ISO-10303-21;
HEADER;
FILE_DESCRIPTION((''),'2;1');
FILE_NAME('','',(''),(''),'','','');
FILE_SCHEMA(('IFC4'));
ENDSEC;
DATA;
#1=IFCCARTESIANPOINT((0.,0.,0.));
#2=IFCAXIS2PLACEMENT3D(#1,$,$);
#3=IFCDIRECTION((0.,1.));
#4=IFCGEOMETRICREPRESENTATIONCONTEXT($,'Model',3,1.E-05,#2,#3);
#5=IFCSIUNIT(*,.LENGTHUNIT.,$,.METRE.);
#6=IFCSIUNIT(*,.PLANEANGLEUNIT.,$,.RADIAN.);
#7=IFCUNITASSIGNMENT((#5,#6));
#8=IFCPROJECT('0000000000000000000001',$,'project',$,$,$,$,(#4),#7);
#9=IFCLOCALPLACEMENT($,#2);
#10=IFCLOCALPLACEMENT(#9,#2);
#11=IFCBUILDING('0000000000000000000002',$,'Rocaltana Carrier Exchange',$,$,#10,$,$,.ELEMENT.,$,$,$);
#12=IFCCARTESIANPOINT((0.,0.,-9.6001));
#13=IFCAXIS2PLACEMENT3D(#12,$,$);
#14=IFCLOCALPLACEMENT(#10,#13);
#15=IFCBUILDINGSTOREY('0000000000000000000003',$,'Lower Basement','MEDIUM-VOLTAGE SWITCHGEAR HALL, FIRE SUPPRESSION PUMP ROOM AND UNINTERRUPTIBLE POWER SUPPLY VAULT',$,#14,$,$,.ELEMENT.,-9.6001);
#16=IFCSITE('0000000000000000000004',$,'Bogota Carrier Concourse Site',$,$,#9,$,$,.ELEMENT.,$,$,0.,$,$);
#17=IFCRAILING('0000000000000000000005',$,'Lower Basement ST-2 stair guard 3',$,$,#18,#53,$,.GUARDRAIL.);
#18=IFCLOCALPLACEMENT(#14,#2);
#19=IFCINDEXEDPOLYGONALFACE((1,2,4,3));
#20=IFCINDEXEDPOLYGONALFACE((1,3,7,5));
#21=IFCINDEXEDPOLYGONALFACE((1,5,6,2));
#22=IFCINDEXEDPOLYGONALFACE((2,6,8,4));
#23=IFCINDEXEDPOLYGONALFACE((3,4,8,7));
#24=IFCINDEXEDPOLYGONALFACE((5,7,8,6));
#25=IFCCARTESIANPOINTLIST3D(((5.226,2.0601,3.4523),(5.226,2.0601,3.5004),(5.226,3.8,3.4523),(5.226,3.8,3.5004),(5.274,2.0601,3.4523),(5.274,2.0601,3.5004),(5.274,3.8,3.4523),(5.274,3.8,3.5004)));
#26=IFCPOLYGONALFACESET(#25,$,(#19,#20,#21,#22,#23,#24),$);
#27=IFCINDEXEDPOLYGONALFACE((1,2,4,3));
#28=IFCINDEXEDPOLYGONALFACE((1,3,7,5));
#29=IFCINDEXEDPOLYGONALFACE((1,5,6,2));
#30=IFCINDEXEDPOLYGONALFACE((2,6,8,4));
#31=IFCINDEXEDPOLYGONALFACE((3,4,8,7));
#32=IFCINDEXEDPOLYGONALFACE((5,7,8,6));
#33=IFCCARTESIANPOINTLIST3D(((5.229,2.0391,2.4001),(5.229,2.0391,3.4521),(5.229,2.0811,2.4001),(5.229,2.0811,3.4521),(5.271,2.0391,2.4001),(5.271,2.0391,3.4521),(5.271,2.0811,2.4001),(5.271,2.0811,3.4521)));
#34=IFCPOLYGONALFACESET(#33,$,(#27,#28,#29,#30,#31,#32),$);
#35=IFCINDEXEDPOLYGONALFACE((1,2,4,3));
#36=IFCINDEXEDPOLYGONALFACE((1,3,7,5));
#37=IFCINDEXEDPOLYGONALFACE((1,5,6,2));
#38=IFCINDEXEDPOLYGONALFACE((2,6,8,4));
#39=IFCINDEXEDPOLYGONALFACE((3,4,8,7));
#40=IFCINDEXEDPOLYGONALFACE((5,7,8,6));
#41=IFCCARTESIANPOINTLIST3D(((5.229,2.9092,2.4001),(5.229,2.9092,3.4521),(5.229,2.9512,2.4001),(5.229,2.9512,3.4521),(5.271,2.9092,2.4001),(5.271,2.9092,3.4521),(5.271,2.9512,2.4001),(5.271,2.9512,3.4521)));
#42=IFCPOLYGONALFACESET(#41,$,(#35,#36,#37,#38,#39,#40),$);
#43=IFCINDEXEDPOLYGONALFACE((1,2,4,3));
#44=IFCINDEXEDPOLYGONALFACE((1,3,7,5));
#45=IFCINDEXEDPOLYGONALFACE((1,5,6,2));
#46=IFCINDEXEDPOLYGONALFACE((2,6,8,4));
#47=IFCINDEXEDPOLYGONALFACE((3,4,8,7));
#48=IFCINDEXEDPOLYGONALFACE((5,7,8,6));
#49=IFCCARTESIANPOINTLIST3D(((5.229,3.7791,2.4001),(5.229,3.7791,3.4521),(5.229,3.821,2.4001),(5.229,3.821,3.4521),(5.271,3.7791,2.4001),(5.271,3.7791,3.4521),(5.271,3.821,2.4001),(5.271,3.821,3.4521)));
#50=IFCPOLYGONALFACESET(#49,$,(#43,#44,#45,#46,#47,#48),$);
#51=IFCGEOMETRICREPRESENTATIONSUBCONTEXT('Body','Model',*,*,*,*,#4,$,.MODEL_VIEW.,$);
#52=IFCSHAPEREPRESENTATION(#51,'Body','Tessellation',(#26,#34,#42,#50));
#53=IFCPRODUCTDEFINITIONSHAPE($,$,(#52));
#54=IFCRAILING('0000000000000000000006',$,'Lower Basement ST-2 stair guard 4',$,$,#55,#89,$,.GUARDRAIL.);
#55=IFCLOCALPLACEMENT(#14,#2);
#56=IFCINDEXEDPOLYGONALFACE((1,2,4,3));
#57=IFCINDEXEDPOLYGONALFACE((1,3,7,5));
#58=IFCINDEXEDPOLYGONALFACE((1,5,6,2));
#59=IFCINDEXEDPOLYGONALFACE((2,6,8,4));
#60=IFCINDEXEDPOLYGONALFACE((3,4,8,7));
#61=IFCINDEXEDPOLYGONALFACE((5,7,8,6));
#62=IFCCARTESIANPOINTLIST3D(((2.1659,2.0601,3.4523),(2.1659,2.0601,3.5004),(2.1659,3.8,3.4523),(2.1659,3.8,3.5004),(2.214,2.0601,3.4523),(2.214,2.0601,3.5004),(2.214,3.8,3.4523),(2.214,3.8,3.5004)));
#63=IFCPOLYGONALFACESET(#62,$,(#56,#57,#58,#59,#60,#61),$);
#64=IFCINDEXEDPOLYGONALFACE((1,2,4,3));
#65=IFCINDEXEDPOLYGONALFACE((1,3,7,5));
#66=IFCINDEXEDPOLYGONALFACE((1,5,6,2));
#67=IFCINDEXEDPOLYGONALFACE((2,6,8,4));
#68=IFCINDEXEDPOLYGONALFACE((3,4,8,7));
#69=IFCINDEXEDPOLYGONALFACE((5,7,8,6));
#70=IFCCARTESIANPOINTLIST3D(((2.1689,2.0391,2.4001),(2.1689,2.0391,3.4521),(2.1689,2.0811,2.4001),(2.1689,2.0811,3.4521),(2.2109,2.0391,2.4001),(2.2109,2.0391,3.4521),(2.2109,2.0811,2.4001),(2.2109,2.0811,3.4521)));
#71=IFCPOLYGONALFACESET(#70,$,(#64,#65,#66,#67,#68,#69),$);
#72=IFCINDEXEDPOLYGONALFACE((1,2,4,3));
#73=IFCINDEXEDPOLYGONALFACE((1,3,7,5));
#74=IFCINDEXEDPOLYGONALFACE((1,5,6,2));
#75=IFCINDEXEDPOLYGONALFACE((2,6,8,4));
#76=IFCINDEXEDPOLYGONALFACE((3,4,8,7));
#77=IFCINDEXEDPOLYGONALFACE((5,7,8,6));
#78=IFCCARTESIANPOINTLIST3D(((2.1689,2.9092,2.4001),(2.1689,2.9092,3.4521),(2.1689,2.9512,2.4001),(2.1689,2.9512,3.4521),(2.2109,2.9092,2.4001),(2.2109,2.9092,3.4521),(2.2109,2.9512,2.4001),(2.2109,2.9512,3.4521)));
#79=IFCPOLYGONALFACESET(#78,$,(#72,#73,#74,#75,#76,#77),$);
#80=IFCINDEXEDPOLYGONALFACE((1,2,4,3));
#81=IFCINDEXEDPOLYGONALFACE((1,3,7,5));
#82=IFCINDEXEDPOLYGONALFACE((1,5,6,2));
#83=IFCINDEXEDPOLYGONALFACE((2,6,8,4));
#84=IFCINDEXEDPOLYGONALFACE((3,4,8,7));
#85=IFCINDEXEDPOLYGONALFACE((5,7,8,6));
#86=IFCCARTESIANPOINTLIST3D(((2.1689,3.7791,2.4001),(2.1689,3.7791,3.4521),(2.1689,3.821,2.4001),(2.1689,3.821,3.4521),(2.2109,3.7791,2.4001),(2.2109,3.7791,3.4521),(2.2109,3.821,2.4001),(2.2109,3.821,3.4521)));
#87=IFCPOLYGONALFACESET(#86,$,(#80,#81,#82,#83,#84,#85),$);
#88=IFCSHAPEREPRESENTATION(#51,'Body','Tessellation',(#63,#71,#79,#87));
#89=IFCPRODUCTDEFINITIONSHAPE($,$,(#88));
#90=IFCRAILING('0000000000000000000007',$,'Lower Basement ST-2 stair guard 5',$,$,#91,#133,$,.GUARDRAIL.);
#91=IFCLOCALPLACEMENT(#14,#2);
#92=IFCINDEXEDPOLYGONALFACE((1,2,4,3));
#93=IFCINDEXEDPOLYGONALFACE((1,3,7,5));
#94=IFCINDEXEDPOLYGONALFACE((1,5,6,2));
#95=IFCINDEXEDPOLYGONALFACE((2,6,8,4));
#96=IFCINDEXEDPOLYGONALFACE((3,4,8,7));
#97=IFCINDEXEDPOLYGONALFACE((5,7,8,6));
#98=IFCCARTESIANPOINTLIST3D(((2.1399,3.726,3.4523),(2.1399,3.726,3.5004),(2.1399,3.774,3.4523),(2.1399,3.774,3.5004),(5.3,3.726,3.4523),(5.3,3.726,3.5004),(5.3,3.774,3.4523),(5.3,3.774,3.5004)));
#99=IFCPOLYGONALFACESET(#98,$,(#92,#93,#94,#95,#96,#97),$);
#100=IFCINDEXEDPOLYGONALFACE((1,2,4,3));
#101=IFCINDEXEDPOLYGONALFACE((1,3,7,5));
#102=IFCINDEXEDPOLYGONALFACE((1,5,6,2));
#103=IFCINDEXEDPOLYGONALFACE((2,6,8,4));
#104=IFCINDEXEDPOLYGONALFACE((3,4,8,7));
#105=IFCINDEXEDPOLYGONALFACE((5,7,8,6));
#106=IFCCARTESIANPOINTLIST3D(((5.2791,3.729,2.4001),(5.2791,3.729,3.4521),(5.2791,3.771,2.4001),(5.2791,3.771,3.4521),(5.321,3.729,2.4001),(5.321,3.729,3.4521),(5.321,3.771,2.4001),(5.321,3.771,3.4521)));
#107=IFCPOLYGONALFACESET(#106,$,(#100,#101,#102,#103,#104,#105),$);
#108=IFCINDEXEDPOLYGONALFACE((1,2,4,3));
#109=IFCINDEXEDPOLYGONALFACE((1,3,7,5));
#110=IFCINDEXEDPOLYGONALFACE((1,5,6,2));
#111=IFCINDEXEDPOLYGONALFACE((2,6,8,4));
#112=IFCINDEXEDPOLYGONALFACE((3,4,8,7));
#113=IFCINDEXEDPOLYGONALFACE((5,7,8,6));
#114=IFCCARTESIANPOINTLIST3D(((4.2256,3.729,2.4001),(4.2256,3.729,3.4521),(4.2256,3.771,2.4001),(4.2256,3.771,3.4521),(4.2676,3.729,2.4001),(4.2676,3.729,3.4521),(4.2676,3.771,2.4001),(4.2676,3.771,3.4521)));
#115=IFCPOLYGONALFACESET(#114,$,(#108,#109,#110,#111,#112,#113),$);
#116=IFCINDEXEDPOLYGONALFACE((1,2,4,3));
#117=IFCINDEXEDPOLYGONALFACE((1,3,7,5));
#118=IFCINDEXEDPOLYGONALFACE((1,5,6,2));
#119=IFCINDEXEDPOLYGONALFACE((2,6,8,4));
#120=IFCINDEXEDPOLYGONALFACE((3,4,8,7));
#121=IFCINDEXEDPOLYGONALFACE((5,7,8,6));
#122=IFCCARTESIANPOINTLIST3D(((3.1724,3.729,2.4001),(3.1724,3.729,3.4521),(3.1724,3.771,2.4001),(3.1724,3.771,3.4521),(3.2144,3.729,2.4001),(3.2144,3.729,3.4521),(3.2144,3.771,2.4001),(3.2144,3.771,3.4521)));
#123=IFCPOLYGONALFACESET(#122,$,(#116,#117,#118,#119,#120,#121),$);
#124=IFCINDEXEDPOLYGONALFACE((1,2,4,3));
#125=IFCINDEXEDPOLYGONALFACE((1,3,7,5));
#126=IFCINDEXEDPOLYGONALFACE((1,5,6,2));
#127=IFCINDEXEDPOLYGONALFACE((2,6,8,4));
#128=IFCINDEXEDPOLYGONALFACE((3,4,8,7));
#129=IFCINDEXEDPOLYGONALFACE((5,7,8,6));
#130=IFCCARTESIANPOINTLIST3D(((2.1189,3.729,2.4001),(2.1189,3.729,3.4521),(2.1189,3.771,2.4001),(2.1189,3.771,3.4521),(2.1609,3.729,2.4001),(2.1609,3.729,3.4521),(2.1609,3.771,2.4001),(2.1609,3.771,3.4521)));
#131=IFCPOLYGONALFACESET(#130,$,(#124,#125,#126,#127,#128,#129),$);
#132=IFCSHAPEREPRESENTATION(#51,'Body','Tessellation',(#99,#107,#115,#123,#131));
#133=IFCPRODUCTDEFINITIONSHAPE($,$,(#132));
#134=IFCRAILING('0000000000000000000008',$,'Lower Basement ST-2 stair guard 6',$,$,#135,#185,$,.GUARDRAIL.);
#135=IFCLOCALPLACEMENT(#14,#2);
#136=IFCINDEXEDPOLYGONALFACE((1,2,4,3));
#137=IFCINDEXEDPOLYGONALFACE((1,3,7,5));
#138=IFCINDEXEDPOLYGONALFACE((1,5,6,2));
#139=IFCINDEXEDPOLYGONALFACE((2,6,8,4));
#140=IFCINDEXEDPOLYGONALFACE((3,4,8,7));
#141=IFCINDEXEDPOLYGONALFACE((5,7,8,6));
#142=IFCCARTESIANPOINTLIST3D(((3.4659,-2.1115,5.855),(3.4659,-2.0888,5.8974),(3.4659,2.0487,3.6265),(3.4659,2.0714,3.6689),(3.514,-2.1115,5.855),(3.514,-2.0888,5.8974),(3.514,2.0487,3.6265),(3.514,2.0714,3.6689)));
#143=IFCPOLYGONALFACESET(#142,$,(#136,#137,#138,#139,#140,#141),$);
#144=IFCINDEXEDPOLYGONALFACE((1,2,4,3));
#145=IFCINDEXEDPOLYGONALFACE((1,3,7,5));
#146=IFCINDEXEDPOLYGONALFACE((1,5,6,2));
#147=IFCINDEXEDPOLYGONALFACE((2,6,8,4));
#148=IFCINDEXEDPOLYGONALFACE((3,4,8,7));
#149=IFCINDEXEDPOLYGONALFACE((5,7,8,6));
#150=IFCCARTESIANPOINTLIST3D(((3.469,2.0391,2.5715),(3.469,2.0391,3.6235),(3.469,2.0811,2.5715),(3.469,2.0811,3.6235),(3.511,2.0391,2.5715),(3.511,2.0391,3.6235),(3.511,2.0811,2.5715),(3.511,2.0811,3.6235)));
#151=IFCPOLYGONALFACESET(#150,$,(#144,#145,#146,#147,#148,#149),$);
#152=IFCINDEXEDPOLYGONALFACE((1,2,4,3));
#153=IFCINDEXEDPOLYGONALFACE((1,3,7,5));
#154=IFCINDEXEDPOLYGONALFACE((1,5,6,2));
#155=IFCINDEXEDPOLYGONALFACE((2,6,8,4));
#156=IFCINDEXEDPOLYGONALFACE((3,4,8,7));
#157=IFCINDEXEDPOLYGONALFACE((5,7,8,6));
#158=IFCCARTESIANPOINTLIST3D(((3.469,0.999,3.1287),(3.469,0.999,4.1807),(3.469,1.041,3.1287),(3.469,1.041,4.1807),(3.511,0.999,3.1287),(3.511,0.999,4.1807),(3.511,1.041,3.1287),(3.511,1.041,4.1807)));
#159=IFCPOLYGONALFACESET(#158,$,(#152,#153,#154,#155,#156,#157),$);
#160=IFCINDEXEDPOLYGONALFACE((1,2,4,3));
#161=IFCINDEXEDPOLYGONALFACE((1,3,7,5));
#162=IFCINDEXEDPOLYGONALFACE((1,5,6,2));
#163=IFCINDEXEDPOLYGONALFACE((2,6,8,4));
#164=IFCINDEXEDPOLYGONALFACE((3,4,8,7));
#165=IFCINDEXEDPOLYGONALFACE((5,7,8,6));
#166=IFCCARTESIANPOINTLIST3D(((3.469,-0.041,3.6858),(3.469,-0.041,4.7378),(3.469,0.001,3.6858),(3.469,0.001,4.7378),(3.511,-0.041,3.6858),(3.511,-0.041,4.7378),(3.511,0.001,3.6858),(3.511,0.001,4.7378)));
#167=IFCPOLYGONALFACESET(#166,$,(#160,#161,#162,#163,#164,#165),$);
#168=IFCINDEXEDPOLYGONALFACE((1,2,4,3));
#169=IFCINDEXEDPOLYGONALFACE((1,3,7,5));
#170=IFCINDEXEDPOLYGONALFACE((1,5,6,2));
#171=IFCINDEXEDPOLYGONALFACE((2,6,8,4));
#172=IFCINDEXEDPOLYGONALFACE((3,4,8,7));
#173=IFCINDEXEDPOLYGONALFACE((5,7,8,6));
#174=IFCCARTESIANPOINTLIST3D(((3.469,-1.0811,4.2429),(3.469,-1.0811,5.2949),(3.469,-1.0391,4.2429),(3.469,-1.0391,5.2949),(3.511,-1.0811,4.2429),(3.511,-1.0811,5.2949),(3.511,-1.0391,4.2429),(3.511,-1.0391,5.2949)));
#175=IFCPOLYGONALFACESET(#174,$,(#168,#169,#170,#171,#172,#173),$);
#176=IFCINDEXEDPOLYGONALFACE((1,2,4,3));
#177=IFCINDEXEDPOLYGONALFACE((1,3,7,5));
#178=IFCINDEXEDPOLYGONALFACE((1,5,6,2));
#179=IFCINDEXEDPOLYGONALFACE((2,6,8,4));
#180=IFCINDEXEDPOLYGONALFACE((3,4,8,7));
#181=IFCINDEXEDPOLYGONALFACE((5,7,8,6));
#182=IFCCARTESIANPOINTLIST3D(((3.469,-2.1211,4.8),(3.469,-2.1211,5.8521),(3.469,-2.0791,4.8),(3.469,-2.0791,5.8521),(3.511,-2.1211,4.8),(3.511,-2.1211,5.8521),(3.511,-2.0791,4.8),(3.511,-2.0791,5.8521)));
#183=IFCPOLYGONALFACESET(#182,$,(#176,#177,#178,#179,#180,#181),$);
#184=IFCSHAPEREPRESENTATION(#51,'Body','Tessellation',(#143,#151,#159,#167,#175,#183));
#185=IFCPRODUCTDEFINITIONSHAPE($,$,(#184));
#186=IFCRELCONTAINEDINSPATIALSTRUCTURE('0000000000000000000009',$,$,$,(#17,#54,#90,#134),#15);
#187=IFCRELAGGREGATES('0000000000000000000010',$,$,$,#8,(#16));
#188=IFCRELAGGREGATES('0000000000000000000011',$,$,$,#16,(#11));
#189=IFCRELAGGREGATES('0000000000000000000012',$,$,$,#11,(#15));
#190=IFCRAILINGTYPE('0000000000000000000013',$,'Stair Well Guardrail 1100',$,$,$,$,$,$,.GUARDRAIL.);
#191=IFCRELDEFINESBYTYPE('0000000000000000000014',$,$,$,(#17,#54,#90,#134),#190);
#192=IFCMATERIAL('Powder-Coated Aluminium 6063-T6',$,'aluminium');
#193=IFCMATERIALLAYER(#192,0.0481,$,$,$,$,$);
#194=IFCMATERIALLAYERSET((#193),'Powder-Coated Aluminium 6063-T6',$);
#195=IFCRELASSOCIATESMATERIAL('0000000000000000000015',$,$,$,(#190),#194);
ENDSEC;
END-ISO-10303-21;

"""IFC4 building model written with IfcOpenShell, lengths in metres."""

from ifc_helpers import new_model, si_unit, direction, frame, origin, origin_2d, place, context, subcontext, project, spatial, rectangle, extrude, material, layer, layer_set, type_object, element, save


model = new_model("IFC4")

# Units and contexts
model_context = context("Model", 3, precision=1e-05, world=origin(), true_north=direction((0.0, 1.0)))
body_context = subcontext(model_context, "Body", "Model", "MODEL_VIEW")
ifc_project = project(units=[si_unit("LENGTHUNIT", "METRE"), si_unit("PLANEANGLEUNIT", "RADIAN")], contexts=[model_context])

# Site, building, storey
site_placement = place(None, origin())
site = spatial("IfcSite", under=ifc_project, at=site_placement, Name="Bogota Carrier Concourse Site", CompositionType="ELEMENT", RefElevation=0.0)
building_placement = place(site_placement, origin())
building = spatial("IfcBuilding", under=site, at=building_placement, Name="Rocaltana Carrier Exchange", CompositionType="ELEMENT")
storey_placement = place(building_placement, frame((0.0, 0.0, -9.6001)))
storey = spatial("IfcBuildingStorey", under=building, at=storey_placement, Name="Lower Basement", Description="MEDIUM-VOLTAGE SWITCHGEAR HALL, FIRE SUPPRESSION PUMP ROOM AND UNINTERRUPTIBLE POWER SUPPLY VAULT", CompositionType="ELEMENT", Elevation=-9.6001)

# Railings
ifc_material_1 = material(Name="Powder-Coated Aluminium 6063-T6", Category="aluminium")
ifc_layer_1 = layer(ifc_material_1, 0.0481)
ifc_layer_set_1 = layer_set([ifc_layer_1], Name="Powder-Coated Aluminium 6063-T6")
railing_type_1 = type_object("IfcRailingType", Name="Stair Well Guardrail 1100", PredefinedType="GUARDRAIL", material=ifc_layer_set_1)
for number, where, name in (
    (1, (5.25, 2.0601, 2.4001), "Lower Basement ST-2 stair guard 3"),
    (2, (2.1899, 2.0601, 2.4001), "Lower Basement ST-2 stair guard 4"),
):
    element("IfcRailing", number, at=place(storey_placement, frame(where)), inside=storey, type_object=railing_type_1, Name=name, PredefinedType="GUARDRAIL", context=body_context, shape_type="SweptSolid", body=[
        extrude(rectangle(XDim=0.0481, YDim=0.0481, at=origin_2d()), frame((0.0, 0.0, 1.0762), z_axis=(0.0, 1.0, 0.0), x_axis=(-1.0, 0.0, 0.0)), (0.0, 0.0, 1.0), 1.74),
        extrude(rectangle(XDim=0.042, YDim=0.042, at=origin_2d()), origin(), (0.0, 0.0, 1.0), 1.052),
        extrude(rectangle(XDim=0.042, YDim=0.042, at=origin_2d()), frame((0.0, 0.8701, 0.0)), (0.0, 0.0, 1.0), 1.052),
        extrude(rectangle(XDim=0.042, YDim=0.042, at=origin_2d()), frame((0.0, 1.74, 0.0)), (0.0, 0.0, 1.0), 1.052),
    ])
railing_1_placement = place(storey_placement, frame((5.3, 3.75, 2.4001)))
element("IfcRailing", 3, at=railing_1_placement, inside=storey, type_object=railing_type_1, Name="Lower Basement ST-2 stair guard 5", PredefinedType="GUARDRAIL", context=body_context, shape_type="SweptSolid", body=[
    extrude(rectangle(XDim=0.0481, YDim=0.0481, at=origin_2d()), frame((0.0, 0.0, 1.0762), z_axis=(-1.0, 0.0, 0.0), x_axis=(0.0, -1.0, 0.0)), (0.0, 0.0, 1.0), 3.1602),
    extrude(rectangle(XDim=0.042, YDim=0.042, at=origin_2d()), origin(), (0.0, 0.0, 1.0), 1.052),
    extrude(rectangle(XDim=0.042, YDim=0.042, at=origin_2d()), frame((-1.0535, 0.0, 0.0)), (0.0, 0.0, 1.0), 1.052),
    extrude(rectangle(XDim=0.042, YDim=0.042, at=origin_2d()), frame((-2.1067, 0.0, 0.0)), (0.0, 0.0, 1.0), 1.052),
    extrude(rectangle(XDim=0.042, YDim=0.042, at=origin_2d()), frame((-3.1602, 0.0, 0.0)), (0.0, 0.0, 1.0), 1.052),
])
railing_2_placement = place(storey_placement, frame((3.49, 2.0601, 2.5715)))
element("IfcRailing", 4, at=railing_2_placement, inside=storey, type_object=railing_type_1, Name="Lower Basement ST-2 stair guard 6", PredefinedType="GUARDRAIL", context=body_context, shape_type="SweptSolid", body=[
    extrude(rectangle(XDim=0.0481, YDim=0.0481, at=origin_2d()), frame((0.0, 0.0, 1.0762), z_axis=(0.0, -0.881492, 0.472198), x_axis=(1.0, 0.0, 0.0)), (0.0, 0.0, 1.0), 4.7195),
    extrude(rectangle(XDim=0.042, YDim=0.042, at=origin_2d()), origin(), (0.0, 0.0, 1.0), 1.052),
    extrude(rectangle(XDim=0.042, YDim=0.042, at=origin_2d()), frame((0.0, -1.04, 0.5571)), (0.0, 0.0, 1.0), 1.052),
    extrude(rectangle(XDim=0.042, YDim=0.042, at=origin_2d()), frame((0.0, -2.0801, 1.1143)), (0.0, 0.0, 1.0), 1.052),
    extrude(rectangle(XDim=0.042, YDim=0.042, at=origin_2d()), frame((0.0, -3.1201, 1.6714)), (0.0, 0.0, 1.0), 1.052),
    extrude(rectangle(XDim=0.042, YDim=0.042, at=origin_2d()), frame((0.0, -4.1602, 2.2285)), (0.0, 0.0, 1.0), 1.052),
])

save(model, "model.ifc")
